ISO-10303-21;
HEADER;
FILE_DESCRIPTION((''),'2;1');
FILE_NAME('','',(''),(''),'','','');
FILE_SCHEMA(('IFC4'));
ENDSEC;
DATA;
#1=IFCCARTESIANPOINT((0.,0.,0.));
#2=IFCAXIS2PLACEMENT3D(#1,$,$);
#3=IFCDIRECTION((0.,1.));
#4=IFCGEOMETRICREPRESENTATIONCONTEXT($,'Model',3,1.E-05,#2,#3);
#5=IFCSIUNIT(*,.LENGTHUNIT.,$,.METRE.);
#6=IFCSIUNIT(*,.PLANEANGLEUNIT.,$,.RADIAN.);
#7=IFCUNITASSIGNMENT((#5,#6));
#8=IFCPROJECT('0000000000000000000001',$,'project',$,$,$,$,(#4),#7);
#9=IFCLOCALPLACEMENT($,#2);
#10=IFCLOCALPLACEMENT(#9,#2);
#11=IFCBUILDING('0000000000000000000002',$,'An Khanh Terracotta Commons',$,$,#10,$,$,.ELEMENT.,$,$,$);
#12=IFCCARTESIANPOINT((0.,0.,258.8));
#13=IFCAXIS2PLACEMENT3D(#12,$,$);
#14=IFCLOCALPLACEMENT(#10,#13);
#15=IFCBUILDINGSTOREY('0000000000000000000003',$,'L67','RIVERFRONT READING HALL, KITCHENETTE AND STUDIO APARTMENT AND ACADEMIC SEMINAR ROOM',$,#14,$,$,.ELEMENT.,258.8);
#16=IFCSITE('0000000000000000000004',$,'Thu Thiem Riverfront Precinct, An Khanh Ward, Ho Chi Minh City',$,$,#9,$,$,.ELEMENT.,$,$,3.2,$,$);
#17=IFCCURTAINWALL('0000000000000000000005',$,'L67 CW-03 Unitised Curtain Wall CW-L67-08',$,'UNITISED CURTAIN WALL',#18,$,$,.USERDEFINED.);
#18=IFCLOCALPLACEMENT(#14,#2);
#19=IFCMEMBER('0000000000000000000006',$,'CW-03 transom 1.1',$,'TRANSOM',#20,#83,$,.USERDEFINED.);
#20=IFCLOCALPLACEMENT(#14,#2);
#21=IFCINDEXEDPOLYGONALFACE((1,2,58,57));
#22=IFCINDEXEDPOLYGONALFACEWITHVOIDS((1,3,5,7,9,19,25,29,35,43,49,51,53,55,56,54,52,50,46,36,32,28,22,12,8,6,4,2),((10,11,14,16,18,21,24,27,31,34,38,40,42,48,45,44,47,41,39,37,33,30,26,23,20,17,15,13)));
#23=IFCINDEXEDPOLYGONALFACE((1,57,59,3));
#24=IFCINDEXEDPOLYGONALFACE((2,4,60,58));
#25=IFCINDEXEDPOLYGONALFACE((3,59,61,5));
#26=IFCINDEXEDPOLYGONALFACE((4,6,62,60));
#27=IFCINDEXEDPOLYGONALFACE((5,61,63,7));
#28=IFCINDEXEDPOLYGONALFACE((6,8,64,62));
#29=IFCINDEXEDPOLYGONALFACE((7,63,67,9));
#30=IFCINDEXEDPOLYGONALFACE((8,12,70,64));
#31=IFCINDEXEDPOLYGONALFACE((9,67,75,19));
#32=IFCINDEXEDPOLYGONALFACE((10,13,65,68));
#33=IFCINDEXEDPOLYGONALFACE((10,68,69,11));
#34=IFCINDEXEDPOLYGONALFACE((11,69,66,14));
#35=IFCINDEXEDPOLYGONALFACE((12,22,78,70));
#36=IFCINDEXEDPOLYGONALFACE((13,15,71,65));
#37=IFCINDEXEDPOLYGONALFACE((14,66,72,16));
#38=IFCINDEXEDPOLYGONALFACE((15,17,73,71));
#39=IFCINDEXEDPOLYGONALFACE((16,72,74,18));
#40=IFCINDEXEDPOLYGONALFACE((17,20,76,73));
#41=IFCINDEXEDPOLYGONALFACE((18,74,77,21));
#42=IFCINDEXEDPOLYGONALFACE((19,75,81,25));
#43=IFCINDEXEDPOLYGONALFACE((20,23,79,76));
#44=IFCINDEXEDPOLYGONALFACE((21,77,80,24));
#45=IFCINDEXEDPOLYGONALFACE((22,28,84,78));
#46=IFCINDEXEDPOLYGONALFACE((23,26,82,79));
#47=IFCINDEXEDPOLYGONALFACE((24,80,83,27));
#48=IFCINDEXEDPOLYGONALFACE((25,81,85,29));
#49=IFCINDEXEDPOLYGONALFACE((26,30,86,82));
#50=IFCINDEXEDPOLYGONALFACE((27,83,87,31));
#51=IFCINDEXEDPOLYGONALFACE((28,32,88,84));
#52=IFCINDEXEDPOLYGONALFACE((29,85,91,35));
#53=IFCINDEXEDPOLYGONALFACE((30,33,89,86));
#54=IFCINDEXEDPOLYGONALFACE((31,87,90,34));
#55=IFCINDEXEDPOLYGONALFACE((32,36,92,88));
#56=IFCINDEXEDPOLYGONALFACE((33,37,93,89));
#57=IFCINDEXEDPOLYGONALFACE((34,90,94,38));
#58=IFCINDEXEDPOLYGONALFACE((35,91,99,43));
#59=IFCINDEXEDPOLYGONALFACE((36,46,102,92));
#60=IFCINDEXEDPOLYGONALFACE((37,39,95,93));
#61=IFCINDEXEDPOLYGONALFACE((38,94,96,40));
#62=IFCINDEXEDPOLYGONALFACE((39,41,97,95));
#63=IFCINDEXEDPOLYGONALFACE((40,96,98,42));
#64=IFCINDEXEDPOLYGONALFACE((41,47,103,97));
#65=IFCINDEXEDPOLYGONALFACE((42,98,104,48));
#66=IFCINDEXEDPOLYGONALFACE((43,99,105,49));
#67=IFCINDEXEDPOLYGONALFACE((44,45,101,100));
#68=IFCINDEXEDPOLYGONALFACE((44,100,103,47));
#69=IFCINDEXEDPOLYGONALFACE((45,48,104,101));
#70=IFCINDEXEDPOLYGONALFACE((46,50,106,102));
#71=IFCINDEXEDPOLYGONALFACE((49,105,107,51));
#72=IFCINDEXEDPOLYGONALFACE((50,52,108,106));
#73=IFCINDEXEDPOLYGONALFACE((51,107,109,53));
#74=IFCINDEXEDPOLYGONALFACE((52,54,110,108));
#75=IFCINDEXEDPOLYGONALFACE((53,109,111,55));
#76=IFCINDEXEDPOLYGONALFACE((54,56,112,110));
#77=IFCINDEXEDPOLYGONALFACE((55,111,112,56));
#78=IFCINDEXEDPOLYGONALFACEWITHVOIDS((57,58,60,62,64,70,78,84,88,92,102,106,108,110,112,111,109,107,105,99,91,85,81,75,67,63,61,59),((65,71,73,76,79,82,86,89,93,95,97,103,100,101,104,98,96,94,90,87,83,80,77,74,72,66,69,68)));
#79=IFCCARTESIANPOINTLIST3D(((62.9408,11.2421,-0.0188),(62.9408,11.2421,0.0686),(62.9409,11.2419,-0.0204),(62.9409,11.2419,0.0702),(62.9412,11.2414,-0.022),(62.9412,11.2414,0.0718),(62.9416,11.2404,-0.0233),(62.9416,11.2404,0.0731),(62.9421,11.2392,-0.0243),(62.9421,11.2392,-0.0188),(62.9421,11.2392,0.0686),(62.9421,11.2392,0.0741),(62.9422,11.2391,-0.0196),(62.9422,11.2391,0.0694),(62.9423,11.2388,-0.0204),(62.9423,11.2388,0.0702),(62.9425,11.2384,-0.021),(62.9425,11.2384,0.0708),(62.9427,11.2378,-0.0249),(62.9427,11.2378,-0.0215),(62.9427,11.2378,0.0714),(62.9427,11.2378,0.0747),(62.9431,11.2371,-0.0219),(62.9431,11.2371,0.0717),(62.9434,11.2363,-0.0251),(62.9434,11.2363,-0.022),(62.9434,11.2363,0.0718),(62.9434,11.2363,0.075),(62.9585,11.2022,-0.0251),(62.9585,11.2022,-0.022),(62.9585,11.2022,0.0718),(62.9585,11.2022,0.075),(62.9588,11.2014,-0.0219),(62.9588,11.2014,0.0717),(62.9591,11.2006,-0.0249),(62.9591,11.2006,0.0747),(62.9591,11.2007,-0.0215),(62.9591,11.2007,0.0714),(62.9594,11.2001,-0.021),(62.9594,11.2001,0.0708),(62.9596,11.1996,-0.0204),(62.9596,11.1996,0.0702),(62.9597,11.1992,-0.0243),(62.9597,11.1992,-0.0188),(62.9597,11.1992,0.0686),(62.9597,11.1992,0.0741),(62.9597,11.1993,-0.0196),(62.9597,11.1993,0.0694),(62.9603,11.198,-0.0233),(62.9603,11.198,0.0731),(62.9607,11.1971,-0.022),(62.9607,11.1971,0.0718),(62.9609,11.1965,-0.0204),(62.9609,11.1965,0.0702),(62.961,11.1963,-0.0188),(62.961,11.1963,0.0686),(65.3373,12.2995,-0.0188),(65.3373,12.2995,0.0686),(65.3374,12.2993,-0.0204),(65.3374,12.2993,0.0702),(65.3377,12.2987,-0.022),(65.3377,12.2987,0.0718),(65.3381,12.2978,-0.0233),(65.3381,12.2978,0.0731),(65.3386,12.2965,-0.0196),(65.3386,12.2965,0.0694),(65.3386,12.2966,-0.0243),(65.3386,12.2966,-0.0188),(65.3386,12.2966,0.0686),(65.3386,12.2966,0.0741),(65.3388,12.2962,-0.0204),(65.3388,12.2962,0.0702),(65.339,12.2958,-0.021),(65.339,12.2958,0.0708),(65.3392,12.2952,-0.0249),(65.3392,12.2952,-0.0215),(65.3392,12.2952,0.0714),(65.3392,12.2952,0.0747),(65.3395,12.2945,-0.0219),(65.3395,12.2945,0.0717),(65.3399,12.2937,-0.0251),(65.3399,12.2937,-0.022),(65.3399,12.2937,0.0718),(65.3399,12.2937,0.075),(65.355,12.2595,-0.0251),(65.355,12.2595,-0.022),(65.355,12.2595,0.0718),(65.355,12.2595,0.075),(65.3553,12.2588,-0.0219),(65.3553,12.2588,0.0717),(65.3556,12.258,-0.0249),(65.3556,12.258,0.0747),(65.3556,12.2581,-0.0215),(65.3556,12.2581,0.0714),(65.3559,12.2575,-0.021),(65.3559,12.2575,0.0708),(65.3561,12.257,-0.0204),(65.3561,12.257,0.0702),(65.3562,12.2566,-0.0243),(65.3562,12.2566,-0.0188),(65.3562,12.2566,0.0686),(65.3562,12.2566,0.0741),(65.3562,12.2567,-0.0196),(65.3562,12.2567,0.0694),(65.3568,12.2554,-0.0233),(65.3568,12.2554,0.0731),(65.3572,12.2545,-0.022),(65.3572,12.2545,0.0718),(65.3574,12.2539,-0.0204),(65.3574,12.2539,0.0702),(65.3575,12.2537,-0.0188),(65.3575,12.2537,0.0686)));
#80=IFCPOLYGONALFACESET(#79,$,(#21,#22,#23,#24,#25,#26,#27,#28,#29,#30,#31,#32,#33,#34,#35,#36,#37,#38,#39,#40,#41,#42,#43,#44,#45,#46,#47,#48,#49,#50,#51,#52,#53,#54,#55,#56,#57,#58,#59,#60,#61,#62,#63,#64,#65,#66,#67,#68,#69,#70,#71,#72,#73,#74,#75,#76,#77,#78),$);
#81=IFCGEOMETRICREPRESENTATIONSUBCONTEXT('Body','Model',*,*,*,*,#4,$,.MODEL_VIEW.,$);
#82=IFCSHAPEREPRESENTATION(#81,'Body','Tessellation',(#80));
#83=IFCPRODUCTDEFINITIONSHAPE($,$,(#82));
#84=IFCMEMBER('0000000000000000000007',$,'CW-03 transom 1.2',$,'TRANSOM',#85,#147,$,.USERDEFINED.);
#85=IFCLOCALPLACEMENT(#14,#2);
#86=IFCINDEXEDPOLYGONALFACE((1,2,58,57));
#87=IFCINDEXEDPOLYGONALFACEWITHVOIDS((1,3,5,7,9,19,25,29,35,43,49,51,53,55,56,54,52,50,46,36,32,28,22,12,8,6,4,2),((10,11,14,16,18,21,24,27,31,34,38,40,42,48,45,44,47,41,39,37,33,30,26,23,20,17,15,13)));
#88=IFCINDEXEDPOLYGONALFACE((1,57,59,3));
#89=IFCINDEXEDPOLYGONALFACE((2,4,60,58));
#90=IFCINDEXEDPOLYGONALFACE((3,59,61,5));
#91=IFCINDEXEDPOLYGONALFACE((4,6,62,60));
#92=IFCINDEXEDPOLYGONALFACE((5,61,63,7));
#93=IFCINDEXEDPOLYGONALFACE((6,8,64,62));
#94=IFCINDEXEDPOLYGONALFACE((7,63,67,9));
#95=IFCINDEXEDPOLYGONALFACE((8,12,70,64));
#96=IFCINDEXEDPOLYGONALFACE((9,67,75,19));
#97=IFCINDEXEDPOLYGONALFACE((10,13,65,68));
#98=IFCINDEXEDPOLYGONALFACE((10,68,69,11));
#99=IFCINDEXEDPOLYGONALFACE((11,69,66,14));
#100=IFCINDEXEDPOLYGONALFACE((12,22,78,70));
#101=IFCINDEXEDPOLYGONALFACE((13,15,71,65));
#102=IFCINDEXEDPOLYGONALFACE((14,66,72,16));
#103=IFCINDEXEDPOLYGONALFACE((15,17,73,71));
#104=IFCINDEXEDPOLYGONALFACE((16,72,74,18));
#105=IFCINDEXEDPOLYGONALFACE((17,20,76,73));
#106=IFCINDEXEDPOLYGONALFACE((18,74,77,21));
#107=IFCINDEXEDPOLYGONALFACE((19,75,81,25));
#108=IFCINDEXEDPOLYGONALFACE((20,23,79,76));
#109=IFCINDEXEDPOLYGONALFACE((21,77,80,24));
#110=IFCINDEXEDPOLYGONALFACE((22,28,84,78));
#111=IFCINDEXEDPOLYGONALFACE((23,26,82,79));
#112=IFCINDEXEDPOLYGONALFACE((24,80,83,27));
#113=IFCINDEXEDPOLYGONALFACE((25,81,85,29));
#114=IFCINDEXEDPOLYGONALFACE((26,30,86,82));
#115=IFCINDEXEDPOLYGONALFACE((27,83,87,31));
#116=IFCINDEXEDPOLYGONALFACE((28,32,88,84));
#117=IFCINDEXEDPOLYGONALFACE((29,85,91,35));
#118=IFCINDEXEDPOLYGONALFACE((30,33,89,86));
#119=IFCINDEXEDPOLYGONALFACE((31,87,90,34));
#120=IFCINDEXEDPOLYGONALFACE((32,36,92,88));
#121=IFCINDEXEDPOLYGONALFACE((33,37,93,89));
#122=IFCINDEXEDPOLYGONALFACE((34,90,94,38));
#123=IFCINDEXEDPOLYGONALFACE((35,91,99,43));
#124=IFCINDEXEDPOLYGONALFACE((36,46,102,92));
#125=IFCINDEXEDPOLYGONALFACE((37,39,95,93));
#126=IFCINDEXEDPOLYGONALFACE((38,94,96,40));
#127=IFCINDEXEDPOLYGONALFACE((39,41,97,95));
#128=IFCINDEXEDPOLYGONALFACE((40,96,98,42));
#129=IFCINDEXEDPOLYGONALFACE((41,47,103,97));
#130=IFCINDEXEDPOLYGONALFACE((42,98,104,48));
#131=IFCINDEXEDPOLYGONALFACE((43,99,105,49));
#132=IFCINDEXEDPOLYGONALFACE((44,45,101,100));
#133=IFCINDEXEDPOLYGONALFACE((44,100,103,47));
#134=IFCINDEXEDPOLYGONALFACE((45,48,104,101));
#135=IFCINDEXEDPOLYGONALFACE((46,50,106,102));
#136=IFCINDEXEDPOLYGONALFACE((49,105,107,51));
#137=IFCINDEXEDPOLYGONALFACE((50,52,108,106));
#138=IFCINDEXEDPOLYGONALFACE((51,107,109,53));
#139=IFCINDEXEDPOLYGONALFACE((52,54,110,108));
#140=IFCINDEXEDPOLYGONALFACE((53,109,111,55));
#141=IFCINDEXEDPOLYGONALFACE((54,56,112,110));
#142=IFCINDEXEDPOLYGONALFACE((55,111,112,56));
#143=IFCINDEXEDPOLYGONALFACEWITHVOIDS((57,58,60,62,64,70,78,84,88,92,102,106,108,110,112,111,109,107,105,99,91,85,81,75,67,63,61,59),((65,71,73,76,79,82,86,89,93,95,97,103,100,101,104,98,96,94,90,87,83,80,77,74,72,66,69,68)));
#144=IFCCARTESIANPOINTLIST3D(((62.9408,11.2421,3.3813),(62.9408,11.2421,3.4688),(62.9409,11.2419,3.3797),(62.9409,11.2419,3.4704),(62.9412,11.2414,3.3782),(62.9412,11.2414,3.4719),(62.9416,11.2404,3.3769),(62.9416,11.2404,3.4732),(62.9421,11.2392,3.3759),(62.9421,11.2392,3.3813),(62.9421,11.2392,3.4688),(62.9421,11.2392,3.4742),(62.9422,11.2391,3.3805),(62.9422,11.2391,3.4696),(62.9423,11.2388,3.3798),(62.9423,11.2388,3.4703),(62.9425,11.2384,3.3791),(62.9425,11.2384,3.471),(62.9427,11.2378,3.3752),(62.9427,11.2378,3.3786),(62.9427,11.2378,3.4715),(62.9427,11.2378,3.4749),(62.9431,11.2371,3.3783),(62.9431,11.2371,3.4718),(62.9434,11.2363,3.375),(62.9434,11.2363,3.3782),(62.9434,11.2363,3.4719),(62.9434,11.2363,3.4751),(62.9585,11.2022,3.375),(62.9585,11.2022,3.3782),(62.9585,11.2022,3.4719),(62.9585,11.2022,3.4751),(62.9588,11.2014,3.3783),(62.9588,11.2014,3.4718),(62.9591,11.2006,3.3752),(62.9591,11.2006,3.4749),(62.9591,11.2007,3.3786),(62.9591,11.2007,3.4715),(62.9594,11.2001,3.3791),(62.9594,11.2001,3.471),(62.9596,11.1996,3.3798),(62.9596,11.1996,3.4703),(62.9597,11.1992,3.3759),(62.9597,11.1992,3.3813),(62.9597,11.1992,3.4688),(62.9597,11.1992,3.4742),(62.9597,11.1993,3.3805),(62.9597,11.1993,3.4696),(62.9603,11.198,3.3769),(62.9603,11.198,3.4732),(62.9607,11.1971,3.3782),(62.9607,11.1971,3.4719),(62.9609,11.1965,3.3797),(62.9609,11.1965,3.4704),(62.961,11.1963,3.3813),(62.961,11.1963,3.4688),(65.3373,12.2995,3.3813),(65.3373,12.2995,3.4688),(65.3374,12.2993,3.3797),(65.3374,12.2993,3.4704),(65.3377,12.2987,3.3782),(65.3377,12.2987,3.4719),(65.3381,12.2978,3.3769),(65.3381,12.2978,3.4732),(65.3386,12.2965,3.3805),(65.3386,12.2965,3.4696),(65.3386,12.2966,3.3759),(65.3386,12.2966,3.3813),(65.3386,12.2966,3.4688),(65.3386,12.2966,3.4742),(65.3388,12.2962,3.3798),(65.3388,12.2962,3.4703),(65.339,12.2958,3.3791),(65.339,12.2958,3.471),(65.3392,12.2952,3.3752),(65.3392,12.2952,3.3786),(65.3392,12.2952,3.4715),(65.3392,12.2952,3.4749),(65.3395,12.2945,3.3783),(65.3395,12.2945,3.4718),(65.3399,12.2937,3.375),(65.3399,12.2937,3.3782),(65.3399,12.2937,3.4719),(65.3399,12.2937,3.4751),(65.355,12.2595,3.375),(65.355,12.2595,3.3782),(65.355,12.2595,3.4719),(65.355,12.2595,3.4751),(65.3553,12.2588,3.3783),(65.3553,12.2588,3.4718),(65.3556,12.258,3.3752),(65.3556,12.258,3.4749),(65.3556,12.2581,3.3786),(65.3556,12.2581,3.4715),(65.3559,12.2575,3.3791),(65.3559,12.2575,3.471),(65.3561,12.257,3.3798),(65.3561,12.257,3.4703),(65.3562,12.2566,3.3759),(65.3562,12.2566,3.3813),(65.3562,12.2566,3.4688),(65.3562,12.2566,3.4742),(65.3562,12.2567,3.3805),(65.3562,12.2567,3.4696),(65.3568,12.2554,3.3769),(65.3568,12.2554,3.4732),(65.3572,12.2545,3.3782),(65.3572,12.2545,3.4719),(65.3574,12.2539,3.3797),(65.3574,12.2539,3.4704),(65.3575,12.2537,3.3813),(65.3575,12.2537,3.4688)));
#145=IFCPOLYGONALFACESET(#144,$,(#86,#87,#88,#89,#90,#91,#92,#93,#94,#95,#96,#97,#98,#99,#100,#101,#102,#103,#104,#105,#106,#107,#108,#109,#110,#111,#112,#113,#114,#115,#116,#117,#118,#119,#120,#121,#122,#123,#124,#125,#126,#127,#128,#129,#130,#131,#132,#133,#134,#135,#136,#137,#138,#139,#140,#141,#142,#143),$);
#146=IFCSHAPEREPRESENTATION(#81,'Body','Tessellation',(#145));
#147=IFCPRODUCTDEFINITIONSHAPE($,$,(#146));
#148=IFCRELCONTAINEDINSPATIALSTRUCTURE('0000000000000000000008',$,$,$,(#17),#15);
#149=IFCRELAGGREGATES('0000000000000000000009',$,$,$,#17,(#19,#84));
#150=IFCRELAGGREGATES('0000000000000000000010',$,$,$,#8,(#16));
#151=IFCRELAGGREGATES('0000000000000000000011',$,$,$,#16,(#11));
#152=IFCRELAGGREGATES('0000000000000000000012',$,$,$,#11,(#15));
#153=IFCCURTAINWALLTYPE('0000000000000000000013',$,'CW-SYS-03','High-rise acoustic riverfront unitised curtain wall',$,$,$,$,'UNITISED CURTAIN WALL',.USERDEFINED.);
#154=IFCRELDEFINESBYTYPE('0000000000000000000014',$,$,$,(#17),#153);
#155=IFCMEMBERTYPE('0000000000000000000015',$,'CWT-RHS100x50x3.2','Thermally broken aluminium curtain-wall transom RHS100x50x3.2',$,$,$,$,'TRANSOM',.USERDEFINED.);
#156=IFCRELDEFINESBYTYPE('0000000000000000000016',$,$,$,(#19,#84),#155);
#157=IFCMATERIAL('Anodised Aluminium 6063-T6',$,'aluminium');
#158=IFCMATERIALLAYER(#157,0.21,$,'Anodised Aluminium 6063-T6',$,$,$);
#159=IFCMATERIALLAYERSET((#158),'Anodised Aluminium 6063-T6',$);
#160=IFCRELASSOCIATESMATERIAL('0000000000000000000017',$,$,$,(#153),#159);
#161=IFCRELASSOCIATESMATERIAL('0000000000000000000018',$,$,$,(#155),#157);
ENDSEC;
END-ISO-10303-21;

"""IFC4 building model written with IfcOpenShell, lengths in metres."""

from ifc_helpers import new_model, si_unit, direction, frame, origin, origin_2d, place, context, subcontext, project, spatial, hollow_rectangle, extrude, material, layer, layer_set, material_profile, profile_set, type_object, element, aggregate, save


model = new_model("IFC4")

# Units and contexts
model_context = context("Model", 3, precision=1e-05, world=origin(), true_north=direction((0.0, 1.0)))
body_context = subcontext(model_context, "Body", "Model", "MODEL_VIEW")
ifc_project = project(units=[si_unit("LENGTHUNIT", "METRE"), si_unit("PLANEANGLEUNIT", "RADIAN")], contexts=[model_context])

# Site, building, storey
site_placement = place(None, origin())
site = spatial("IfcSite", under=ifc_project, at=site_placement, Name="Thu Thiem Riverfront Precinct, An Khanh Ward, Ho Chi Minh City", CompositionType="ELEMENT", RefElevation=3.2)
building_placement = place(site_placement, origin())
building = spatial("IfcBuilding", under=site, at=building_placement, Name="An Khanh Terracotta Commons", CompositionType="ELEMENT")
storey_placement = place(building_placement, frame((0.0, 0.0, 258.8)))
storey = spatial("IfcBuildingStorey", under=building, at=storey_placement, Name="L67", Description="RIVERFRONT READING HALL, KITCHENETTE AND STUDIO APARTMENT AND ACADEMIC SEMINAR ROOM", CompositionType="ELEMENT", Elevation=258.8)

# Curtain wall, members
ifc_material_1 = material(Name="Anodised Aluminium 6063-T6", Category="aluminium")
ifc_layer_1 = layer(ifc_material_1, 0.21, Name="Anodised Aluminium 6063-T6")
ifc_layer_set_1 = layer_set([ifc_layer_1], Name="Anodised Aluminium 6063-T6")
curtain_wall_type = type_object("IfcCurtainWallType", Name="CW-SYS-03", Description="High-rise acoustic riverfront unitised curtain wall", ElementType="UNITISED CURTAIN WALL", PredefinedType="USERDEFINED", material=ifc_layer_set_1)
curtain_wall_placement = place(storey_placement, origin())
curtain_wall = element("IfcCurtainWall", 1, at=curtain_wall_placement, inside=storey, type_object=curtain_wall_type, Name="L67 CW-03 Unitised Curtain Wall CW-L67-08", ObjectType="UNITISED CURTAIN WALL", PredefinedType="USERDEFINED")
ifc_material_profile_1 = material_profile(ifc_material_1, hollow_rectangle(XDim=0.05, YDim=0.1001, WallThickness=0.0032, InnerFilletRadius=0.0032, OuterFilletRadius=0.0063, at=origin_2d()), Name="RHS100x50x3.2")
ifc_profile_set_1 = profile_set([ifc_material_profile_1], Name="Anodised Aluminium 6063-T6")
member_type_1 = type_object("IfcMemberType", Name="CWT-RHS100x50x3.2", Description="Thermally broken aluminium curtain-wall transom RHS100x50x3.2", ElementType="TRANSOM", PredefinedType="USERDEFINED", material=ifc_profile_set_1)
member_1_placement = place(storey_placement, frame((62.9509, 11.2192, 0.0249), z_axis=(0.914904, 0.403672, 0.0), x_axis=(-0.403672, 0.914904, 0.0)))
member_1 = element("IfcMember", 2, at=member_1_placement, type_object=member_type_1, Name="CW-03 transom 1.1", ObjectType="TRANSOM", PredefinedType="USERDEFINED", context=body_context, shape_type="SweptSolid", body=[
    extrude(hollow_rectangle(XDim=0.05, YDim=0.1001, WallThickness=0.0032, InnerFilletRadius=0.0032, OuterFilletRadius=0.0063, at=origin_2d()), origin(), (0.0, 0.0, 1.0), 2.6194),
])
member_2_placement = place(storey_placement, frame((62.9509, 11.2192, 3.425), z_axis=(0.914904, 0.403672, 0.0), x_axis=(-0.403672, 0.914904, 0.0)))
member_2 = element("IfcMember", 3, at=member_2_placement, type_object=member_type_1, Name="CW-03 transom 1.2", ObjectType="TRANSOM", PredefinedType="USERDEFINED", context=body_context, shape_type="SweptSolid", body=[
    extrude(hollow_rectangle(XDim=0.05, YDim=0.1001, WallThickness=0.0032, InnerFilletRadius=0.0032, OuterFilletRadius=0.0063, at=origin_2d()), origin(), (0.0, 0.0, 1.0), 2.6194),
])
aggregate(curtain_wall, [member_1, member_2])

save(model, "model.ifc")
